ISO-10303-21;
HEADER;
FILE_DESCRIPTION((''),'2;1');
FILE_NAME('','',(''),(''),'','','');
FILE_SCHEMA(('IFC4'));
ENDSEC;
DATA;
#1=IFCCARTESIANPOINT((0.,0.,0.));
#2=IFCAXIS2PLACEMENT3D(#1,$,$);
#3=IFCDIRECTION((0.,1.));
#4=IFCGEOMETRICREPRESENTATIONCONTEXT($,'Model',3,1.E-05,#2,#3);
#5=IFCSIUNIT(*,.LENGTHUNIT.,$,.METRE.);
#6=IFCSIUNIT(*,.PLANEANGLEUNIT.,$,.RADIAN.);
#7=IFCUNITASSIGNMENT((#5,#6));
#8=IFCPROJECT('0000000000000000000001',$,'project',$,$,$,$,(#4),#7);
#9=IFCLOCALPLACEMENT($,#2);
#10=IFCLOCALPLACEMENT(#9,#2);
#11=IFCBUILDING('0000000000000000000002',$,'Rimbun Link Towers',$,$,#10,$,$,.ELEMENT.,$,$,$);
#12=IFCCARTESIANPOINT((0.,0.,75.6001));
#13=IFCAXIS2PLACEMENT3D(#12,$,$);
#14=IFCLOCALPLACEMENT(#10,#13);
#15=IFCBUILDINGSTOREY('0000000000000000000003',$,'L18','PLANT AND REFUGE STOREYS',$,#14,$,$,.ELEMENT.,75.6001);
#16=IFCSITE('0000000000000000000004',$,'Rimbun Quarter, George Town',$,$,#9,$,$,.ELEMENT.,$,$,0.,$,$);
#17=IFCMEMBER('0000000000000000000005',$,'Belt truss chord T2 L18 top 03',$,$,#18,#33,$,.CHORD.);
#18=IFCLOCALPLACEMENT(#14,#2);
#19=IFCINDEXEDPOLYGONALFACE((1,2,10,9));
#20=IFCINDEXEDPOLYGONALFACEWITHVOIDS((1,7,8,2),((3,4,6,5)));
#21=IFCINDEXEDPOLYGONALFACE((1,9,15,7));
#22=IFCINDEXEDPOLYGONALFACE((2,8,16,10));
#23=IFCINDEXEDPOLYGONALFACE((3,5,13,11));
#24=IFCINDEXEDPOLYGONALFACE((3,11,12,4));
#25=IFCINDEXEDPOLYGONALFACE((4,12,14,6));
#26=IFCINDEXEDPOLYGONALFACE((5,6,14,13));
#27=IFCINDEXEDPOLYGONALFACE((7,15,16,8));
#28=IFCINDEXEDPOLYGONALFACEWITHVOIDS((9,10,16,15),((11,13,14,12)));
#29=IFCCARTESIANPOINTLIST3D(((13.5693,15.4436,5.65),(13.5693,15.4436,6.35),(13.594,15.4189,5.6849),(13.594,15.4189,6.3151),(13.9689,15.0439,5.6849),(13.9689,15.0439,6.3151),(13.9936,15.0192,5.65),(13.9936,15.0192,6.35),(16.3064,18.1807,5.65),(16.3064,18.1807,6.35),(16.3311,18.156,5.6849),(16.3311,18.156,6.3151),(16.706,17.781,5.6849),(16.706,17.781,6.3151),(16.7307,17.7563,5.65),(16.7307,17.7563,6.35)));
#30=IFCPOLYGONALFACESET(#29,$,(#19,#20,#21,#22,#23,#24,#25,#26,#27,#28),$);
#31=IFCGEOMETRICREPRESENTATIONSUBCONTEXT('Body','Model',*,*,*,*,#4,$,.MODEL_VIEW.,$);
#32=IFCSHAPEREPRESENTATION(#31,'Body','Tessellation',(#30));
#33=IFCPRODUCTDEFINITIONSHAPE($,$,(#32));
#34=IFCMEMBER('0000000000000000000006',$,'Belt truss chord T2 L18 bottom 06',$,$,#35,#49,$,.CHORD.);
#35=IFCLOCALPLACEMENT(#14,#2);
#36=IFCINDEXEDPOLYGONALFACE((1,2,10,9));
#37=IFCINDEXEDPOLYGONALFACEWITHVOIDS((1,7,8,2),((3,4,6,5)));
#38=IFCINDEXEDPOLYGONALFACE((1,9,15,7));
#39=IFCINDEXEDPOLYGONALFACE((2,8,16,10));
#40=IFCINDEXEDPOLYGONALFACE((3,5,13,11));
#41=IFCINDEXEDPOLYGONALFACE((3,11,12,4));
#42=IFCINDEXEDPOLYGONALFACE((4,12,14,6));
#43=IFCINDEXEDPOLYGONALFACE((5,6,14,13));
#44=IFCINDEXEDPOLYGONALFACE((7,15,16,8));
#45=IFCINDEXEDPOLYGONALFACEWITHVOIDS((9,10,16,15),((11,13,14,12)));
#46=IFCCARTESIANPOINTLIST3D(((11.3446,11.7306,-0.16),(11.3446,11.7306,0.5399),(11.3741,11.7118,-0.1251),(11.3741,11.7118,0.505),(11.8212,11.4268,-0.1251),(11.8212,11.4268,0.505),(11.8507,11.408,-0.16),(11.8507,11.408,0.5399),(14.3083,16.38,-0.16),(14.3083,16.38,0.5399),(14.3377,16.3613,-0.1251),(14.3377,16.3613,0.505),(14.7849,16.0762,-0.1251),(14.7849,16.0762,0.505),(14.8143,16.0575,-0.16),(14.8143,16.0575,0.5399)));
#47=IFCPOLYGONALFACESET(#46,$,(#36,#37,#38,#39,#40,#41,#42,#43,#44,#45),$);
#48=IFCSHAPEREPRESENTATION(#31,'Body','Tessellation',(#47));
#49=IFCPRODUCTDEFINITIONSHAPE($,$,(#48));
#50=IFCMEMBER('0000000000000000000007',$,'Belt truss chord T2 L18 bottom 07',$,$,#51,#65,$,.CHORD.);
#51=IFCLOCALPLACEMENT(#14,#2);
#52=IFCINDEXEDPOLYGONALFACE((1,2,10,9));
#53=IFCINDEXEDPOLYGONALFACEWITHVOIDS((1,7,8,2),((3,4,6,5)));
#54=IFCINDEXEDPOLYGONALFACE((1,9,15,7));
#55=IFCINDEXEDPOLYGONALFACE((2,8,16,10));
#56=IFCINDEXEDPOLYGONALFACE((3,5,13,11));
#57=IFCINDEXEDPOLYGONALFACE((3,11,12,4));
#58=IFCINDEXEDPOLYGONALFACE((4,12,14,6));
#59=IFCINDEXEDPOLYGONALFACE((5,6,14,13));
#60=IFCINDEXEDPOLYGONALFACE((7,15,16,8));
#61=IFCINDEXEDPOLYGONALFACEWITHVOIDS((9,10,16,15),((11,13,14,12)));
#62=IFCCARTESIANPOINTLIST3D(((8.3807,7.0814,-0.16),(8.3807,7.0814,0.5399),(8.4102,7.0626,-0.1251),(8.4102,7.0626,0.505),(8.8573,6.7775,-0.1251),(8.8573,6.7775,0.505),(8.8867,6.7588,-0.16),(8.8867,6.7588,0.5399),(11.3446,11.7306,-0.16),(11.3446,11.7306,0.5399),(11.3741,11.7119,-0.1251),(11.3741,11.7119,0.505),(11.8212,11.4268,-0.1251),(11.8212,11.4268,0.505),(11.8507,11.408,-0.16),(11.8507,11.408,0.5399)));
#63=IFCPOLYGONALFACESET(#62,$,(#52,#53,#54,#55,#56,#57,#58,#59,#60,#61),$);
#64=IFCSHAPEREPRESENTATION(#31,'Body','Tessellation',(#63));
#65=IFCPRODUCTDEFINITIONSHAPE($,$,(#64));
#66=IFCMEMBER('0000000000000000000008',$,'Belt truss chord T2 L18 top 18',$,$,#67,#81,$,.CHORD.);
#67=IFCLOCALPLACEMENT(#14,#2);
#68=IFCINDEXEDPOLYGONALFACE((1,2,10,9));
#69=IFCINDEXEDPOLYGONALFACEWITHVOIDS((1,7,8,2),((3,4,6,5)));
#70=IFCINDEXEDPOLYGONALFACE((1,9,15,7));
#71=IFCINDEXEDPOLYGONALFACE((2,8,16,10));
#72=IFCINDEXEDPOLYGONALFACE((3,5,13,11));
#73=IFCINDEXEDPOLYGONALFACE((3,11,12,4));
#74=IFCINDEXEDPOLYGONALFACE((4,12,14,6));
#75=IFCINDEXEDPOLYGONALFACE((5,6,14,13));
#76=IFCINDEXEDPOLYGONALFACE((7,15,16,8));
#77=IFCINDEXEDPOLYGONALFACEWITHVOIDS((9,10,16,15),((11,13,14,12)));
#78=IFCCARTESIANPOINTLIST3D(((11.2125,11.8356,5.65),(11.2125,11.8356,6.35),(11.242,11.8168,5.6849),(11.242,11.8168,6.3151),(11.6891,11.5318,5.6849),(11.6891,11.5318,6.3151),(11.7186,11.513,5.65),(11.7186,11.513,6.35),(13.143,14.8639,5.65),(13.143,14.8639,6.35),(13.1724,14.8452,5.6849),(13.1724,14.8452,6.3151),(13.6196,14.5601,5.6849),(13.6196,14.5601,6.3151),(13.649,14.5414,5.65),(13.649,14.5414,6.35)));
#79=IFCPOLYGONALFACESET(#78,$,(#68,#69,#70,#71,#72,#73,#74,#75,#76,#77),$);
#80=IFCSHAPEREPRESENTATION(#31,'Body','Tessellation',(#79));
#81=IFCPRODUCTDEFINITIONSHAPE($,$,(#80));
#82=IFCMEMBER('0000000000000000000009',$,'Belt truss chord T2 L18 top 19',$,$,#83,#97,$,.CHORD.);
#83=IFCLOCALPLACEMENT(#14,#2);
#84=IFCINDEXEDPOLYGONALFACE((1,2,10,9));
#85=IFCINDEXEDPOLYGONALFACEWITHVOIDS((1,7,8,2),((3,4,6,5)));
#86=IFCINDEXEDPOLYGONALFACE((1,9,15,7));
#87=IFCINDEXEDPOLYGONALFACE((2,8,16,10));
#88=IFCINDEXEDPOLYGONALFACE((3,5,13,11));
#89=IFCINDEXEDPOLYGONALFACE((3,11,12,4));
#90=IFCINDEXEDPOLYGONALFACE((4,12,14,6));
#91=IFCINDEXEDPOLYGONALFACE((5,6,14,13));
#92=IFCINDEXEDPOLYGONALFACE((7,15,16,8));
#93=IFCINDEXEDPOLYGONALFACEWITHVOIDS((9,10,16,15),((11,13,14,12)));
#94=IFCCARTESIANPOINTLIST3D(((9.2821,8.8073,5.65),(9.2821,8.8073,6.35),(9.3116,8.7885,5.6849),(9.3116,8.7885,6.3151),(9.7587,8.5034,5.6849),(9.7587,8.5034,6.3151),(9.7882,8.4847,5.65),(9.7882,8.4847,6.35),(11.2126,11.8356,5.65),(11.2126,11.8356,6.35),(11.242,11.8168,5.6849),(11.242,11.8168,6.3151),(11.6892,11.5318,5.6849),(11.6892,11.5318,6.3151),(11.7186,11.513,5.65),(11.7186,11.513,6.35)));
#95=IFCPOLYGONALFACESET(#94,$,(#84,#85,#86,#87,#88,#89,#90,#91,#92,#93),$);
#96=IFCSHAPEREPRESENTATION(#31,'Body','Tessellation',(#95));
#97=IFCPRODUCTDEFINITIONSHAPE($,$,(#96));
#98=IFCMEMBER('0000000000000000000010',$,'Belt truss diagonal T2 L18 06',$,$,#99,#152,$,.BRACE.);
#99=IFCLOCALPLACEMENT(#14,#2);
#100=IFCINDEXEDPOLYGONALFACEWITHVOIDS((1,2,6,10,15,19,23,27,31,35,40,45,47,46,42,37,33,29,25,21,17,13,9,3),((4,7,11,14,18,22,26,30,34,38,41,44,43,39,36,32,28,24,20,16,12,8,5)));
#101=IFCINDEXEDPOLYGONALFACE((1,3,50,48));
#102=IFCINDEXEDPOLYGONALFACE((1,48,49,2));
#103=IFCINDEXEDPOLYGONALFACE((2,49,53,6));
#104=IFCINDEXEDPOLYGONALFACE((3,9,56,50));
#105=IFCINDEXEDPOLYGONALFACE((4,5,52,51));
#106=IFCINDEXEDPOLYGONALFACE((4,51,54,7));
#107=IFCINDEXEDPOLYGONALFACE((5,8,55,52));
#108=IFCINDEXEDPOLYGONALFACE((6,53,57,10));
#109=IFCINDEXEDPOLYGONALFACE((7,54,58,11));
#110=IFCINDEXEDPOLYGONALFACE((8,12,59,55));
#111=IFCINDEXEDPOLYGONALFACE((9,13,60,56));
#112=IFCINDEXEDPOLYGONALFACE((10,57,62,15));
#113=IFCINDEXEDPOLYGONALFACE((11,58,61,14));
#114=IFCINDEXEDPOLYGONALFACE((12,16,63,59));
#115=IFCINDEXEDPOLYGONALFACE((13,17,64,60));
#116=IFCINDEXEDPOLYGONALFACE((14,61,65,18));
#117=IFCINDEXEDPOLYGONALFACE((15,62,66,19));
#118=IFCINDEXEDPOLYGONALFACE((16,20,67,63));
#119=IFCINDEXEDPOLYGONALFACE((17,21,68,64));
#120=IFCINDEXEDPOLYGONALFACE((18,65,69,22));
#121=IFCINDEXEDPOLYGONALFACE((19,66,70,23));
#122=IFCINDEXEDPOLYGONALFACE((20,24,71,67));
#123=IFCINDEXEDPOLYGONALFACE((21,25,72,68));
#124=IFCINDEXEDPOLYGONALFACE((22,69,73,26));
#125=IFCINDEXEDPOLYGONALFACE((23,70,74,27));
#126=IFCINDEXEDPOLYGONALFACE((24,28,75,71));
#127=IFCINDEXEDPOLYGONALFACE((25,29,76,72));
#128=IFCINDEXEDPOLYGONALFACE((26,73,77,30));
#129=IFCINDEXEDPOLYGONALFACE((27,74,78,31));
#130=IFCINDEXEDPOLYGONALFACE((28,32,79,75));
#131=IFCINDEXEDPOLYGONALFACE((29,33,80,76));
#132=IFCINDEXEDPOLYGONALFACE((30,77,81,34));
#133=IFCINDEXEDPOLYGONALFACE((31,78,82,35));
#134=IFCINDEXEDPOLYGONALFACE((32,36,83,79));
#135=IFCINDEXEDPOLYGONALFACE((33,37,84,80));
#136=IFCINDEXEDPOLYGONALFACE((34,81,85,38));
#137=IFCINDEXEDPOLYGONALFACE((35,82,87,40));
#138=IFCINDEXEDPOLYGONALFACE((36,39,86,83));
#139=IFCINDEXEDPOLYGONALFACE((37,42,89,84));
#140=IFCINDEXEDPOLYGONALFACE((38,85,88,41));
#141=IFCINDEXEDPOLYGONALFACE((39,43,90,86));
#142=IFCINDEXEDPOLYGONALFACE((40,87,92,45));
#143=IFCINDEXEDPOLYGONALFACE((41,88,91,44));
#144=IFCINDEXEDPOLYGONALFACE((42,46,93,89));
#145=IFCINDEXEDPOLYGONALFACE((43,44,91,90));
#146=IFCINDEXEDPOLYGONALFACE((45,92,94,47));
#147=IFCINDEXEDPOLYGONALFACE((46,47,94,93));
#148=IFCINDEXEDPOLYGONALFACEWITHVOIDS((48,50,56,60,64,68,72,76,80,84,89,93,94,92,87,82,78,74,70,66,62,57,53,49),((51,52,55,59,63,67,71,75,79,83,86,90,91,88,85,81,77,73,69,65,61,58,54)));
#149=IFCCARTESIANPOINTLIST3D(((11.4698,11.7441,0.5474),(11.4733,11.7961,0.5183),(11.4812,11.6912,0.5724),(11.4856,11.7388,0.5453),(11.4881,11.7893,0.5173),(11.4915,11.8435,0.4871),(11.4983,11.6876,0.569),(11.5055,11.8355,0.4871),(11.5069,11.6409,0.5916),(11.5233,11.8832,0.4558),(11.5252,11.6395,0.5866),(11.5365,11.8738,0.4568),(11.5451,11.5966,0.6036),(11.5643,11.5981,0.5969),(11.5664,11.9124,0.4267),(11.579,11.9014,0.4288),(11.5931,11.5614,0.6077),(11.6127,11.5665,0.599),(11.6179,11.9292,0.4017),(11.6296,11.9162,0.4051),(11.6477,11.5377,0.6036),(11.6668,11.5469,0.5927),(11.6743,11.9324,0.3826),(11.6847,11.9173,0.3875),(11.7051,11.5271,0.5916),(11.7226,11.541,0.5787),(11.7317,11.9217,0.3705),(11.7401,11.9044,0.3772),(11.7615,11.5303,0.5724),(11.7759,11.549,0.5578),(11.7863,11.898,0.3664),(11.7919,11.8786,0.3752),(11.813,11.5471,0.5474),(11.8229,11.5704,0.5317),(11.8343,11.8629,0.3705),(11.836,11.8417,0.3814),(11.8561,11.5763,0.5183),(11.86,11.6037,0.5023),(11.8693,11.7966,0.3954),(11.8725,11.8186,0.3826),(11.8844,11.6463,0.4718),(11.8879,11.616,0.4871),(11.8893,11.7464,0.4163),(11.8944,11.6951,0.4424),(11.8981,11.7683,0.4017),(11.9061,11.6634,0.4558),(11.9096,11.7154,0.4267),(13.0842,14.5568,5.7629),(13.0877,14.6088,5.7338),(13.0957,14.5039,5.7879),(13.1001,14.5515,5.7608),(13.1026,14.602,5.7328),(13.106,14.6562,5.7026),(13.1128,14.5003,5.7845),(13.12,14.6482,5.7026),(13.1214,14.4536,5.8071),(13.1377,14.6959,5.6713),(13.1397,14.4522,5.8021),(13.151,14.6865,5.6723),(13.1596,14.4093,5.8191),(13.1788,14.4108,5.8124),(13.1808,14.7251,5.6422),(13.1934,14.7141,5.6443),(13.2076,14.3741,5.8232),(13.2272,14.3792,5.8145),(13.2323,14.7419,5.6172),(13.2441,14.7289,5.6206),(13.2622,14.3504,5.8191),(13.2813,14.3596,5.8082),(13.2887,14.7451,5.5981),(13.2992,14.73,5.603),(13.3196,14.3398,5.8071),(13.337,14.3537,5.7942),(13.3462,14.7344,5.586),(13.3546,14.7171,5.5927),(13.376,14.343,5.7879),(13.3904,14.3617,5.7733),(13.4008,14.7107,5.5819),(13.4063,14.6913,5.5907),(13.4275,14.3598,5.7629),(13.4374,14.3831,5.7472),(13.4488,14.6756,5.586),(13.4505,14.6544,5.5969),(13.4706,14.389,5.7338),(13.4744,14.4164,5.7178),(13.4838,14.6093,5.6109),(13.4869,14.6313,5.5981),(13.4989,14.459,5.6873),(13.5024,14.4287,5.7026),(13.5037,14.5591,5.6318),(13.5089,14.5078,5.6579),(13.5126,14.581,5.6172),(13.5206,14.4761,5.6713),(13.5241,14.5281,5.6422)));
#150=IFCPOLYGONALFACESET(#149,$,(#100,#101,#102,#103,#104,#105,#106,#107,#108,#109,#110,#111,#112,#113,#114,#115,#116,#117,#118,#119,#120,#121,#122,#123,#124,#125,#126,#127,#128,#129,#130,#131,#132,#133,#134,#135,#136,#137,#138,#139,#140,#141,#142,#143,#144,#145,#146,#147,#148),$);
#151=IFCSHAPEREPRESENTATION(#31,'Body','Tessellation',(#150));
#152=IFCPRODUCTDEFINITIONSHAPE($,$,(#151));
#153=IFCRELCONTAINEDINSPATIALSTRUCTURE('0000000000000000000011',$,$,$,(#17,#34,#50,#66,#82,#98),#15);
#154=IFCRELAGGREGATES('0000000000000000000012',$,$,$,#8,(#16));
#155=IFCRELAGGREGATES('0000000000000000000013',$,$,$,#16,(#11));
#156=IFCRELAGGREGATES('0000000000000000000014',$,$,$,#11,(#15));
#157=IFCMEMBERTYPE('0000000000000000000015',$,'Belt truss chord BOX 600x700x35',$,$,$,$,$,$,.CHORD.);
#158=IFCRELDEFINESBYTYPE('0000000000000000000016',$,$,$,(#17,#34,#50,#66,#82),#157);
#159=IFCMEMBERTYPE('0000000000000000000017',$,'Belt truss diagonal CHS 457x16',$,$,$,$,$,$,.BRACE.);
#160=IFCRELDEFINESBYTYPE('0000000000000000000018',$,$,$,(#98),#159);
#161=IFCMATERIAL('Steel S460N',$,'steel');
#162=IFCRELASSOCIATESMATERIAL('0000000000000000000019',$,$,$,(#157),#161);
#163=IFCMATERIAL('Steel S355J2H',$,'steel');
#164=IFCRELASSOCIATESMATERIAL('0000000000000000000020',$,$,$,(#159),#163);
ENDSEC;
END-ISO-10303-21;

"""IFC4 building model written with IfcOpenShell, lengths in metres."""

from ifc_helpers import new_model, si_unit, direction, frame, origin, origin_2d, place, context, subcontext, project, spatial, hollow_rectangle, hollow_circle, extrude, material, material_profile, profile_set, type_object, element, save


model = new_model("IFC4")

# Units and contexts
model_context = context("Model", 3, precision=1e-05, world=origin(), true_north=direction((0.0, 1.0)))
body_context = subcontext(model_context, "Body", "Model", "MODEL_VIEW")
ifc_project = project(units=[si_unit("LENGTHUNIT", "METRE"), si_unit("PLANEANGLEUNIT", "RADIAN")], contexts=[model_context])

# Site, building, storey
site_placement = place(None, origin())
site = spatial("IfcSite", under=ifc_project, at=site_placement, Name="Rimbun Quarter, George Town", CompositionType="ELEMENT", RefElevation=0.0)
building_placement = place(site_placement, origin())
building = spatial("IfcBuilding", under=site, at=building_placement, Name="Rimbun Link Towers", CompositionType="ELEMENT")
storey_placement = place(building_placement, frame((0.0, 0.0, 75.6001)))
storey = spatial("IfcBuildingStorey", under=building, at=storey_placement, Name="L18", Description="PLANT AND REFUGE STOREYS", CompositionType="ELEMENT", Elevation=75.6001)

# Members
ifc_material_1 = material(Name="Steel S460N", Category="steel")
ifc_material_profile_1 = material_profile(ifc_material_1, hollow_rectangle(XDim=0.6001, YDim=0.7, WallThickness=0.0349, at=origin_2d()), Name="Belt truss chord BOX 600x700x35")
ifc_profile_set_1 = profile_set([ifc_material_profile_1], Name="Steel S460N")
member_type_1 = type_object("IfcMemberType", Name="Belt truss chord BOX 600x700x35", PredefinedType="CHORD", material=ifc_profile_set_1)
member_1_placement = place(storey_placement, frame((16.5186, 17.9685, 6.0), z_axis=(-0.707107, -0.707107, 0.0), x_axis=(0.707107, -0.707107, 0.0)))
element("IfcMember", 1, at=member_1_placement, inside=storey, type_object=member_type_1, Name="Belt truss chord T2 L18 top 03", PredefinedType="CHORD", context=body_context, shape_type="SweptSolid", body=[
    extrude(hollow_rectangle(XDim=0.6001, YDim=0.7, WallThickness=0.0349, at=origin_2d()), origin(), (0.0, 0.0, 1.0), 3.8708),
])
for number, where, z_axis, x_axis, name in (
    (2, (14.5613, 16.2188, 0.1899), (-0.537509, -0.843258, 0.0), (0.843258, -0.537509, 0.0), "Belt truss chord T2 L18 bottom 06"),
    (3, (11.5977, 11.5693, 0.1899), (-0.53756, -0.843225, 0.0), (0.843225, -0.53756, 0.0), "Belt truss chord T2 L18 bottom 07"),
):
    element("IfcMember", number, at=place(storey_placement, frame(where, z_axis=z_axis, x_axis=x_axis)), inside=storey, type_object=member_type_1, Name=name, PredefinedType="CHORD", context=body_context, shape_type="SweptSolid", body=[
        extrude(hollow_rectangle(XDim=0.6001, YDim=0.7, WallThickness=0.0349, at=origin_2d()), origin(), (0.0, 0.0, 1.0), 5.5137),
    ])
for number, where, z_axis, x_axis, name in (
    (4, (13.396, 14.7026, 6.0), (-0.537531, -0.843244, 0.0), (0.843244, -0.537531, 0.0), "Belt truss chord T2 L18 top 18"),
    (5, (11.4656, 11.6743, 6.0), (-0.537531, -0.843244, 0.0), (0.843244, -0.537531, 0.0), "Belt truss chord T2 L18 top 19"),
):
    element("IfcMember", number, at=place(storey_placement, frame(where, z_axis=z_axis, x_axis=x_axis)), inside=storey, type_object=member_type_1, Name=name, PredefinedType="CHORD", context=body_context, shape_type="SweptSolid", body=[
        extrude(hollow_rectangle(XDim=0.6001, YDim=0.7, WallThickness=0.0349, at=origin_2d()), origin(), (0.0, 0.0, 1.0), 3.5913),
    ])
ifc_material_2 = material(Name="Steel S355J2H", Category="steel")
ifc_material_profile_2 = material_profile(ifc_material_2, hollow_circle(Radius=0.2285, WallThickness=0.0161, at=origin_2d()), Name="Belt truss diagonal CHS 457x16")
ifc_profile_set_2 = profile_set([ifc_material_profile_2], Name="Steel S355J2H")
member_type_2 = type_object("IfcMemberType", Name="Belt truss diagonal CHS 457x16", PredefinedType="BRACE", material=ifc_profile_set_2)
member_2_placement = place(storey_placement, frame((11.6897, 11.7297, 0.4871), z_axis=(0.262876, 0.457975, 0.849208), x_axis=(-0.867283, 0.497816, 0.0)))
element("IfcMember", 6, at=member_2_placement, inside=storey, type_object=member_type_2, Name="Belt truss diagonal T2 L18 06", PredefinedType="BRACE", context=body_context, shape_type="SweptSolid", body=[
    extrude(hollow_circle(Radius=0.2285, WallThickness=0.0161, at=origin_2d()), origin(), (0.0, 0.0, 1.0), 6.1416),
])

save(model, "model.ifc")
